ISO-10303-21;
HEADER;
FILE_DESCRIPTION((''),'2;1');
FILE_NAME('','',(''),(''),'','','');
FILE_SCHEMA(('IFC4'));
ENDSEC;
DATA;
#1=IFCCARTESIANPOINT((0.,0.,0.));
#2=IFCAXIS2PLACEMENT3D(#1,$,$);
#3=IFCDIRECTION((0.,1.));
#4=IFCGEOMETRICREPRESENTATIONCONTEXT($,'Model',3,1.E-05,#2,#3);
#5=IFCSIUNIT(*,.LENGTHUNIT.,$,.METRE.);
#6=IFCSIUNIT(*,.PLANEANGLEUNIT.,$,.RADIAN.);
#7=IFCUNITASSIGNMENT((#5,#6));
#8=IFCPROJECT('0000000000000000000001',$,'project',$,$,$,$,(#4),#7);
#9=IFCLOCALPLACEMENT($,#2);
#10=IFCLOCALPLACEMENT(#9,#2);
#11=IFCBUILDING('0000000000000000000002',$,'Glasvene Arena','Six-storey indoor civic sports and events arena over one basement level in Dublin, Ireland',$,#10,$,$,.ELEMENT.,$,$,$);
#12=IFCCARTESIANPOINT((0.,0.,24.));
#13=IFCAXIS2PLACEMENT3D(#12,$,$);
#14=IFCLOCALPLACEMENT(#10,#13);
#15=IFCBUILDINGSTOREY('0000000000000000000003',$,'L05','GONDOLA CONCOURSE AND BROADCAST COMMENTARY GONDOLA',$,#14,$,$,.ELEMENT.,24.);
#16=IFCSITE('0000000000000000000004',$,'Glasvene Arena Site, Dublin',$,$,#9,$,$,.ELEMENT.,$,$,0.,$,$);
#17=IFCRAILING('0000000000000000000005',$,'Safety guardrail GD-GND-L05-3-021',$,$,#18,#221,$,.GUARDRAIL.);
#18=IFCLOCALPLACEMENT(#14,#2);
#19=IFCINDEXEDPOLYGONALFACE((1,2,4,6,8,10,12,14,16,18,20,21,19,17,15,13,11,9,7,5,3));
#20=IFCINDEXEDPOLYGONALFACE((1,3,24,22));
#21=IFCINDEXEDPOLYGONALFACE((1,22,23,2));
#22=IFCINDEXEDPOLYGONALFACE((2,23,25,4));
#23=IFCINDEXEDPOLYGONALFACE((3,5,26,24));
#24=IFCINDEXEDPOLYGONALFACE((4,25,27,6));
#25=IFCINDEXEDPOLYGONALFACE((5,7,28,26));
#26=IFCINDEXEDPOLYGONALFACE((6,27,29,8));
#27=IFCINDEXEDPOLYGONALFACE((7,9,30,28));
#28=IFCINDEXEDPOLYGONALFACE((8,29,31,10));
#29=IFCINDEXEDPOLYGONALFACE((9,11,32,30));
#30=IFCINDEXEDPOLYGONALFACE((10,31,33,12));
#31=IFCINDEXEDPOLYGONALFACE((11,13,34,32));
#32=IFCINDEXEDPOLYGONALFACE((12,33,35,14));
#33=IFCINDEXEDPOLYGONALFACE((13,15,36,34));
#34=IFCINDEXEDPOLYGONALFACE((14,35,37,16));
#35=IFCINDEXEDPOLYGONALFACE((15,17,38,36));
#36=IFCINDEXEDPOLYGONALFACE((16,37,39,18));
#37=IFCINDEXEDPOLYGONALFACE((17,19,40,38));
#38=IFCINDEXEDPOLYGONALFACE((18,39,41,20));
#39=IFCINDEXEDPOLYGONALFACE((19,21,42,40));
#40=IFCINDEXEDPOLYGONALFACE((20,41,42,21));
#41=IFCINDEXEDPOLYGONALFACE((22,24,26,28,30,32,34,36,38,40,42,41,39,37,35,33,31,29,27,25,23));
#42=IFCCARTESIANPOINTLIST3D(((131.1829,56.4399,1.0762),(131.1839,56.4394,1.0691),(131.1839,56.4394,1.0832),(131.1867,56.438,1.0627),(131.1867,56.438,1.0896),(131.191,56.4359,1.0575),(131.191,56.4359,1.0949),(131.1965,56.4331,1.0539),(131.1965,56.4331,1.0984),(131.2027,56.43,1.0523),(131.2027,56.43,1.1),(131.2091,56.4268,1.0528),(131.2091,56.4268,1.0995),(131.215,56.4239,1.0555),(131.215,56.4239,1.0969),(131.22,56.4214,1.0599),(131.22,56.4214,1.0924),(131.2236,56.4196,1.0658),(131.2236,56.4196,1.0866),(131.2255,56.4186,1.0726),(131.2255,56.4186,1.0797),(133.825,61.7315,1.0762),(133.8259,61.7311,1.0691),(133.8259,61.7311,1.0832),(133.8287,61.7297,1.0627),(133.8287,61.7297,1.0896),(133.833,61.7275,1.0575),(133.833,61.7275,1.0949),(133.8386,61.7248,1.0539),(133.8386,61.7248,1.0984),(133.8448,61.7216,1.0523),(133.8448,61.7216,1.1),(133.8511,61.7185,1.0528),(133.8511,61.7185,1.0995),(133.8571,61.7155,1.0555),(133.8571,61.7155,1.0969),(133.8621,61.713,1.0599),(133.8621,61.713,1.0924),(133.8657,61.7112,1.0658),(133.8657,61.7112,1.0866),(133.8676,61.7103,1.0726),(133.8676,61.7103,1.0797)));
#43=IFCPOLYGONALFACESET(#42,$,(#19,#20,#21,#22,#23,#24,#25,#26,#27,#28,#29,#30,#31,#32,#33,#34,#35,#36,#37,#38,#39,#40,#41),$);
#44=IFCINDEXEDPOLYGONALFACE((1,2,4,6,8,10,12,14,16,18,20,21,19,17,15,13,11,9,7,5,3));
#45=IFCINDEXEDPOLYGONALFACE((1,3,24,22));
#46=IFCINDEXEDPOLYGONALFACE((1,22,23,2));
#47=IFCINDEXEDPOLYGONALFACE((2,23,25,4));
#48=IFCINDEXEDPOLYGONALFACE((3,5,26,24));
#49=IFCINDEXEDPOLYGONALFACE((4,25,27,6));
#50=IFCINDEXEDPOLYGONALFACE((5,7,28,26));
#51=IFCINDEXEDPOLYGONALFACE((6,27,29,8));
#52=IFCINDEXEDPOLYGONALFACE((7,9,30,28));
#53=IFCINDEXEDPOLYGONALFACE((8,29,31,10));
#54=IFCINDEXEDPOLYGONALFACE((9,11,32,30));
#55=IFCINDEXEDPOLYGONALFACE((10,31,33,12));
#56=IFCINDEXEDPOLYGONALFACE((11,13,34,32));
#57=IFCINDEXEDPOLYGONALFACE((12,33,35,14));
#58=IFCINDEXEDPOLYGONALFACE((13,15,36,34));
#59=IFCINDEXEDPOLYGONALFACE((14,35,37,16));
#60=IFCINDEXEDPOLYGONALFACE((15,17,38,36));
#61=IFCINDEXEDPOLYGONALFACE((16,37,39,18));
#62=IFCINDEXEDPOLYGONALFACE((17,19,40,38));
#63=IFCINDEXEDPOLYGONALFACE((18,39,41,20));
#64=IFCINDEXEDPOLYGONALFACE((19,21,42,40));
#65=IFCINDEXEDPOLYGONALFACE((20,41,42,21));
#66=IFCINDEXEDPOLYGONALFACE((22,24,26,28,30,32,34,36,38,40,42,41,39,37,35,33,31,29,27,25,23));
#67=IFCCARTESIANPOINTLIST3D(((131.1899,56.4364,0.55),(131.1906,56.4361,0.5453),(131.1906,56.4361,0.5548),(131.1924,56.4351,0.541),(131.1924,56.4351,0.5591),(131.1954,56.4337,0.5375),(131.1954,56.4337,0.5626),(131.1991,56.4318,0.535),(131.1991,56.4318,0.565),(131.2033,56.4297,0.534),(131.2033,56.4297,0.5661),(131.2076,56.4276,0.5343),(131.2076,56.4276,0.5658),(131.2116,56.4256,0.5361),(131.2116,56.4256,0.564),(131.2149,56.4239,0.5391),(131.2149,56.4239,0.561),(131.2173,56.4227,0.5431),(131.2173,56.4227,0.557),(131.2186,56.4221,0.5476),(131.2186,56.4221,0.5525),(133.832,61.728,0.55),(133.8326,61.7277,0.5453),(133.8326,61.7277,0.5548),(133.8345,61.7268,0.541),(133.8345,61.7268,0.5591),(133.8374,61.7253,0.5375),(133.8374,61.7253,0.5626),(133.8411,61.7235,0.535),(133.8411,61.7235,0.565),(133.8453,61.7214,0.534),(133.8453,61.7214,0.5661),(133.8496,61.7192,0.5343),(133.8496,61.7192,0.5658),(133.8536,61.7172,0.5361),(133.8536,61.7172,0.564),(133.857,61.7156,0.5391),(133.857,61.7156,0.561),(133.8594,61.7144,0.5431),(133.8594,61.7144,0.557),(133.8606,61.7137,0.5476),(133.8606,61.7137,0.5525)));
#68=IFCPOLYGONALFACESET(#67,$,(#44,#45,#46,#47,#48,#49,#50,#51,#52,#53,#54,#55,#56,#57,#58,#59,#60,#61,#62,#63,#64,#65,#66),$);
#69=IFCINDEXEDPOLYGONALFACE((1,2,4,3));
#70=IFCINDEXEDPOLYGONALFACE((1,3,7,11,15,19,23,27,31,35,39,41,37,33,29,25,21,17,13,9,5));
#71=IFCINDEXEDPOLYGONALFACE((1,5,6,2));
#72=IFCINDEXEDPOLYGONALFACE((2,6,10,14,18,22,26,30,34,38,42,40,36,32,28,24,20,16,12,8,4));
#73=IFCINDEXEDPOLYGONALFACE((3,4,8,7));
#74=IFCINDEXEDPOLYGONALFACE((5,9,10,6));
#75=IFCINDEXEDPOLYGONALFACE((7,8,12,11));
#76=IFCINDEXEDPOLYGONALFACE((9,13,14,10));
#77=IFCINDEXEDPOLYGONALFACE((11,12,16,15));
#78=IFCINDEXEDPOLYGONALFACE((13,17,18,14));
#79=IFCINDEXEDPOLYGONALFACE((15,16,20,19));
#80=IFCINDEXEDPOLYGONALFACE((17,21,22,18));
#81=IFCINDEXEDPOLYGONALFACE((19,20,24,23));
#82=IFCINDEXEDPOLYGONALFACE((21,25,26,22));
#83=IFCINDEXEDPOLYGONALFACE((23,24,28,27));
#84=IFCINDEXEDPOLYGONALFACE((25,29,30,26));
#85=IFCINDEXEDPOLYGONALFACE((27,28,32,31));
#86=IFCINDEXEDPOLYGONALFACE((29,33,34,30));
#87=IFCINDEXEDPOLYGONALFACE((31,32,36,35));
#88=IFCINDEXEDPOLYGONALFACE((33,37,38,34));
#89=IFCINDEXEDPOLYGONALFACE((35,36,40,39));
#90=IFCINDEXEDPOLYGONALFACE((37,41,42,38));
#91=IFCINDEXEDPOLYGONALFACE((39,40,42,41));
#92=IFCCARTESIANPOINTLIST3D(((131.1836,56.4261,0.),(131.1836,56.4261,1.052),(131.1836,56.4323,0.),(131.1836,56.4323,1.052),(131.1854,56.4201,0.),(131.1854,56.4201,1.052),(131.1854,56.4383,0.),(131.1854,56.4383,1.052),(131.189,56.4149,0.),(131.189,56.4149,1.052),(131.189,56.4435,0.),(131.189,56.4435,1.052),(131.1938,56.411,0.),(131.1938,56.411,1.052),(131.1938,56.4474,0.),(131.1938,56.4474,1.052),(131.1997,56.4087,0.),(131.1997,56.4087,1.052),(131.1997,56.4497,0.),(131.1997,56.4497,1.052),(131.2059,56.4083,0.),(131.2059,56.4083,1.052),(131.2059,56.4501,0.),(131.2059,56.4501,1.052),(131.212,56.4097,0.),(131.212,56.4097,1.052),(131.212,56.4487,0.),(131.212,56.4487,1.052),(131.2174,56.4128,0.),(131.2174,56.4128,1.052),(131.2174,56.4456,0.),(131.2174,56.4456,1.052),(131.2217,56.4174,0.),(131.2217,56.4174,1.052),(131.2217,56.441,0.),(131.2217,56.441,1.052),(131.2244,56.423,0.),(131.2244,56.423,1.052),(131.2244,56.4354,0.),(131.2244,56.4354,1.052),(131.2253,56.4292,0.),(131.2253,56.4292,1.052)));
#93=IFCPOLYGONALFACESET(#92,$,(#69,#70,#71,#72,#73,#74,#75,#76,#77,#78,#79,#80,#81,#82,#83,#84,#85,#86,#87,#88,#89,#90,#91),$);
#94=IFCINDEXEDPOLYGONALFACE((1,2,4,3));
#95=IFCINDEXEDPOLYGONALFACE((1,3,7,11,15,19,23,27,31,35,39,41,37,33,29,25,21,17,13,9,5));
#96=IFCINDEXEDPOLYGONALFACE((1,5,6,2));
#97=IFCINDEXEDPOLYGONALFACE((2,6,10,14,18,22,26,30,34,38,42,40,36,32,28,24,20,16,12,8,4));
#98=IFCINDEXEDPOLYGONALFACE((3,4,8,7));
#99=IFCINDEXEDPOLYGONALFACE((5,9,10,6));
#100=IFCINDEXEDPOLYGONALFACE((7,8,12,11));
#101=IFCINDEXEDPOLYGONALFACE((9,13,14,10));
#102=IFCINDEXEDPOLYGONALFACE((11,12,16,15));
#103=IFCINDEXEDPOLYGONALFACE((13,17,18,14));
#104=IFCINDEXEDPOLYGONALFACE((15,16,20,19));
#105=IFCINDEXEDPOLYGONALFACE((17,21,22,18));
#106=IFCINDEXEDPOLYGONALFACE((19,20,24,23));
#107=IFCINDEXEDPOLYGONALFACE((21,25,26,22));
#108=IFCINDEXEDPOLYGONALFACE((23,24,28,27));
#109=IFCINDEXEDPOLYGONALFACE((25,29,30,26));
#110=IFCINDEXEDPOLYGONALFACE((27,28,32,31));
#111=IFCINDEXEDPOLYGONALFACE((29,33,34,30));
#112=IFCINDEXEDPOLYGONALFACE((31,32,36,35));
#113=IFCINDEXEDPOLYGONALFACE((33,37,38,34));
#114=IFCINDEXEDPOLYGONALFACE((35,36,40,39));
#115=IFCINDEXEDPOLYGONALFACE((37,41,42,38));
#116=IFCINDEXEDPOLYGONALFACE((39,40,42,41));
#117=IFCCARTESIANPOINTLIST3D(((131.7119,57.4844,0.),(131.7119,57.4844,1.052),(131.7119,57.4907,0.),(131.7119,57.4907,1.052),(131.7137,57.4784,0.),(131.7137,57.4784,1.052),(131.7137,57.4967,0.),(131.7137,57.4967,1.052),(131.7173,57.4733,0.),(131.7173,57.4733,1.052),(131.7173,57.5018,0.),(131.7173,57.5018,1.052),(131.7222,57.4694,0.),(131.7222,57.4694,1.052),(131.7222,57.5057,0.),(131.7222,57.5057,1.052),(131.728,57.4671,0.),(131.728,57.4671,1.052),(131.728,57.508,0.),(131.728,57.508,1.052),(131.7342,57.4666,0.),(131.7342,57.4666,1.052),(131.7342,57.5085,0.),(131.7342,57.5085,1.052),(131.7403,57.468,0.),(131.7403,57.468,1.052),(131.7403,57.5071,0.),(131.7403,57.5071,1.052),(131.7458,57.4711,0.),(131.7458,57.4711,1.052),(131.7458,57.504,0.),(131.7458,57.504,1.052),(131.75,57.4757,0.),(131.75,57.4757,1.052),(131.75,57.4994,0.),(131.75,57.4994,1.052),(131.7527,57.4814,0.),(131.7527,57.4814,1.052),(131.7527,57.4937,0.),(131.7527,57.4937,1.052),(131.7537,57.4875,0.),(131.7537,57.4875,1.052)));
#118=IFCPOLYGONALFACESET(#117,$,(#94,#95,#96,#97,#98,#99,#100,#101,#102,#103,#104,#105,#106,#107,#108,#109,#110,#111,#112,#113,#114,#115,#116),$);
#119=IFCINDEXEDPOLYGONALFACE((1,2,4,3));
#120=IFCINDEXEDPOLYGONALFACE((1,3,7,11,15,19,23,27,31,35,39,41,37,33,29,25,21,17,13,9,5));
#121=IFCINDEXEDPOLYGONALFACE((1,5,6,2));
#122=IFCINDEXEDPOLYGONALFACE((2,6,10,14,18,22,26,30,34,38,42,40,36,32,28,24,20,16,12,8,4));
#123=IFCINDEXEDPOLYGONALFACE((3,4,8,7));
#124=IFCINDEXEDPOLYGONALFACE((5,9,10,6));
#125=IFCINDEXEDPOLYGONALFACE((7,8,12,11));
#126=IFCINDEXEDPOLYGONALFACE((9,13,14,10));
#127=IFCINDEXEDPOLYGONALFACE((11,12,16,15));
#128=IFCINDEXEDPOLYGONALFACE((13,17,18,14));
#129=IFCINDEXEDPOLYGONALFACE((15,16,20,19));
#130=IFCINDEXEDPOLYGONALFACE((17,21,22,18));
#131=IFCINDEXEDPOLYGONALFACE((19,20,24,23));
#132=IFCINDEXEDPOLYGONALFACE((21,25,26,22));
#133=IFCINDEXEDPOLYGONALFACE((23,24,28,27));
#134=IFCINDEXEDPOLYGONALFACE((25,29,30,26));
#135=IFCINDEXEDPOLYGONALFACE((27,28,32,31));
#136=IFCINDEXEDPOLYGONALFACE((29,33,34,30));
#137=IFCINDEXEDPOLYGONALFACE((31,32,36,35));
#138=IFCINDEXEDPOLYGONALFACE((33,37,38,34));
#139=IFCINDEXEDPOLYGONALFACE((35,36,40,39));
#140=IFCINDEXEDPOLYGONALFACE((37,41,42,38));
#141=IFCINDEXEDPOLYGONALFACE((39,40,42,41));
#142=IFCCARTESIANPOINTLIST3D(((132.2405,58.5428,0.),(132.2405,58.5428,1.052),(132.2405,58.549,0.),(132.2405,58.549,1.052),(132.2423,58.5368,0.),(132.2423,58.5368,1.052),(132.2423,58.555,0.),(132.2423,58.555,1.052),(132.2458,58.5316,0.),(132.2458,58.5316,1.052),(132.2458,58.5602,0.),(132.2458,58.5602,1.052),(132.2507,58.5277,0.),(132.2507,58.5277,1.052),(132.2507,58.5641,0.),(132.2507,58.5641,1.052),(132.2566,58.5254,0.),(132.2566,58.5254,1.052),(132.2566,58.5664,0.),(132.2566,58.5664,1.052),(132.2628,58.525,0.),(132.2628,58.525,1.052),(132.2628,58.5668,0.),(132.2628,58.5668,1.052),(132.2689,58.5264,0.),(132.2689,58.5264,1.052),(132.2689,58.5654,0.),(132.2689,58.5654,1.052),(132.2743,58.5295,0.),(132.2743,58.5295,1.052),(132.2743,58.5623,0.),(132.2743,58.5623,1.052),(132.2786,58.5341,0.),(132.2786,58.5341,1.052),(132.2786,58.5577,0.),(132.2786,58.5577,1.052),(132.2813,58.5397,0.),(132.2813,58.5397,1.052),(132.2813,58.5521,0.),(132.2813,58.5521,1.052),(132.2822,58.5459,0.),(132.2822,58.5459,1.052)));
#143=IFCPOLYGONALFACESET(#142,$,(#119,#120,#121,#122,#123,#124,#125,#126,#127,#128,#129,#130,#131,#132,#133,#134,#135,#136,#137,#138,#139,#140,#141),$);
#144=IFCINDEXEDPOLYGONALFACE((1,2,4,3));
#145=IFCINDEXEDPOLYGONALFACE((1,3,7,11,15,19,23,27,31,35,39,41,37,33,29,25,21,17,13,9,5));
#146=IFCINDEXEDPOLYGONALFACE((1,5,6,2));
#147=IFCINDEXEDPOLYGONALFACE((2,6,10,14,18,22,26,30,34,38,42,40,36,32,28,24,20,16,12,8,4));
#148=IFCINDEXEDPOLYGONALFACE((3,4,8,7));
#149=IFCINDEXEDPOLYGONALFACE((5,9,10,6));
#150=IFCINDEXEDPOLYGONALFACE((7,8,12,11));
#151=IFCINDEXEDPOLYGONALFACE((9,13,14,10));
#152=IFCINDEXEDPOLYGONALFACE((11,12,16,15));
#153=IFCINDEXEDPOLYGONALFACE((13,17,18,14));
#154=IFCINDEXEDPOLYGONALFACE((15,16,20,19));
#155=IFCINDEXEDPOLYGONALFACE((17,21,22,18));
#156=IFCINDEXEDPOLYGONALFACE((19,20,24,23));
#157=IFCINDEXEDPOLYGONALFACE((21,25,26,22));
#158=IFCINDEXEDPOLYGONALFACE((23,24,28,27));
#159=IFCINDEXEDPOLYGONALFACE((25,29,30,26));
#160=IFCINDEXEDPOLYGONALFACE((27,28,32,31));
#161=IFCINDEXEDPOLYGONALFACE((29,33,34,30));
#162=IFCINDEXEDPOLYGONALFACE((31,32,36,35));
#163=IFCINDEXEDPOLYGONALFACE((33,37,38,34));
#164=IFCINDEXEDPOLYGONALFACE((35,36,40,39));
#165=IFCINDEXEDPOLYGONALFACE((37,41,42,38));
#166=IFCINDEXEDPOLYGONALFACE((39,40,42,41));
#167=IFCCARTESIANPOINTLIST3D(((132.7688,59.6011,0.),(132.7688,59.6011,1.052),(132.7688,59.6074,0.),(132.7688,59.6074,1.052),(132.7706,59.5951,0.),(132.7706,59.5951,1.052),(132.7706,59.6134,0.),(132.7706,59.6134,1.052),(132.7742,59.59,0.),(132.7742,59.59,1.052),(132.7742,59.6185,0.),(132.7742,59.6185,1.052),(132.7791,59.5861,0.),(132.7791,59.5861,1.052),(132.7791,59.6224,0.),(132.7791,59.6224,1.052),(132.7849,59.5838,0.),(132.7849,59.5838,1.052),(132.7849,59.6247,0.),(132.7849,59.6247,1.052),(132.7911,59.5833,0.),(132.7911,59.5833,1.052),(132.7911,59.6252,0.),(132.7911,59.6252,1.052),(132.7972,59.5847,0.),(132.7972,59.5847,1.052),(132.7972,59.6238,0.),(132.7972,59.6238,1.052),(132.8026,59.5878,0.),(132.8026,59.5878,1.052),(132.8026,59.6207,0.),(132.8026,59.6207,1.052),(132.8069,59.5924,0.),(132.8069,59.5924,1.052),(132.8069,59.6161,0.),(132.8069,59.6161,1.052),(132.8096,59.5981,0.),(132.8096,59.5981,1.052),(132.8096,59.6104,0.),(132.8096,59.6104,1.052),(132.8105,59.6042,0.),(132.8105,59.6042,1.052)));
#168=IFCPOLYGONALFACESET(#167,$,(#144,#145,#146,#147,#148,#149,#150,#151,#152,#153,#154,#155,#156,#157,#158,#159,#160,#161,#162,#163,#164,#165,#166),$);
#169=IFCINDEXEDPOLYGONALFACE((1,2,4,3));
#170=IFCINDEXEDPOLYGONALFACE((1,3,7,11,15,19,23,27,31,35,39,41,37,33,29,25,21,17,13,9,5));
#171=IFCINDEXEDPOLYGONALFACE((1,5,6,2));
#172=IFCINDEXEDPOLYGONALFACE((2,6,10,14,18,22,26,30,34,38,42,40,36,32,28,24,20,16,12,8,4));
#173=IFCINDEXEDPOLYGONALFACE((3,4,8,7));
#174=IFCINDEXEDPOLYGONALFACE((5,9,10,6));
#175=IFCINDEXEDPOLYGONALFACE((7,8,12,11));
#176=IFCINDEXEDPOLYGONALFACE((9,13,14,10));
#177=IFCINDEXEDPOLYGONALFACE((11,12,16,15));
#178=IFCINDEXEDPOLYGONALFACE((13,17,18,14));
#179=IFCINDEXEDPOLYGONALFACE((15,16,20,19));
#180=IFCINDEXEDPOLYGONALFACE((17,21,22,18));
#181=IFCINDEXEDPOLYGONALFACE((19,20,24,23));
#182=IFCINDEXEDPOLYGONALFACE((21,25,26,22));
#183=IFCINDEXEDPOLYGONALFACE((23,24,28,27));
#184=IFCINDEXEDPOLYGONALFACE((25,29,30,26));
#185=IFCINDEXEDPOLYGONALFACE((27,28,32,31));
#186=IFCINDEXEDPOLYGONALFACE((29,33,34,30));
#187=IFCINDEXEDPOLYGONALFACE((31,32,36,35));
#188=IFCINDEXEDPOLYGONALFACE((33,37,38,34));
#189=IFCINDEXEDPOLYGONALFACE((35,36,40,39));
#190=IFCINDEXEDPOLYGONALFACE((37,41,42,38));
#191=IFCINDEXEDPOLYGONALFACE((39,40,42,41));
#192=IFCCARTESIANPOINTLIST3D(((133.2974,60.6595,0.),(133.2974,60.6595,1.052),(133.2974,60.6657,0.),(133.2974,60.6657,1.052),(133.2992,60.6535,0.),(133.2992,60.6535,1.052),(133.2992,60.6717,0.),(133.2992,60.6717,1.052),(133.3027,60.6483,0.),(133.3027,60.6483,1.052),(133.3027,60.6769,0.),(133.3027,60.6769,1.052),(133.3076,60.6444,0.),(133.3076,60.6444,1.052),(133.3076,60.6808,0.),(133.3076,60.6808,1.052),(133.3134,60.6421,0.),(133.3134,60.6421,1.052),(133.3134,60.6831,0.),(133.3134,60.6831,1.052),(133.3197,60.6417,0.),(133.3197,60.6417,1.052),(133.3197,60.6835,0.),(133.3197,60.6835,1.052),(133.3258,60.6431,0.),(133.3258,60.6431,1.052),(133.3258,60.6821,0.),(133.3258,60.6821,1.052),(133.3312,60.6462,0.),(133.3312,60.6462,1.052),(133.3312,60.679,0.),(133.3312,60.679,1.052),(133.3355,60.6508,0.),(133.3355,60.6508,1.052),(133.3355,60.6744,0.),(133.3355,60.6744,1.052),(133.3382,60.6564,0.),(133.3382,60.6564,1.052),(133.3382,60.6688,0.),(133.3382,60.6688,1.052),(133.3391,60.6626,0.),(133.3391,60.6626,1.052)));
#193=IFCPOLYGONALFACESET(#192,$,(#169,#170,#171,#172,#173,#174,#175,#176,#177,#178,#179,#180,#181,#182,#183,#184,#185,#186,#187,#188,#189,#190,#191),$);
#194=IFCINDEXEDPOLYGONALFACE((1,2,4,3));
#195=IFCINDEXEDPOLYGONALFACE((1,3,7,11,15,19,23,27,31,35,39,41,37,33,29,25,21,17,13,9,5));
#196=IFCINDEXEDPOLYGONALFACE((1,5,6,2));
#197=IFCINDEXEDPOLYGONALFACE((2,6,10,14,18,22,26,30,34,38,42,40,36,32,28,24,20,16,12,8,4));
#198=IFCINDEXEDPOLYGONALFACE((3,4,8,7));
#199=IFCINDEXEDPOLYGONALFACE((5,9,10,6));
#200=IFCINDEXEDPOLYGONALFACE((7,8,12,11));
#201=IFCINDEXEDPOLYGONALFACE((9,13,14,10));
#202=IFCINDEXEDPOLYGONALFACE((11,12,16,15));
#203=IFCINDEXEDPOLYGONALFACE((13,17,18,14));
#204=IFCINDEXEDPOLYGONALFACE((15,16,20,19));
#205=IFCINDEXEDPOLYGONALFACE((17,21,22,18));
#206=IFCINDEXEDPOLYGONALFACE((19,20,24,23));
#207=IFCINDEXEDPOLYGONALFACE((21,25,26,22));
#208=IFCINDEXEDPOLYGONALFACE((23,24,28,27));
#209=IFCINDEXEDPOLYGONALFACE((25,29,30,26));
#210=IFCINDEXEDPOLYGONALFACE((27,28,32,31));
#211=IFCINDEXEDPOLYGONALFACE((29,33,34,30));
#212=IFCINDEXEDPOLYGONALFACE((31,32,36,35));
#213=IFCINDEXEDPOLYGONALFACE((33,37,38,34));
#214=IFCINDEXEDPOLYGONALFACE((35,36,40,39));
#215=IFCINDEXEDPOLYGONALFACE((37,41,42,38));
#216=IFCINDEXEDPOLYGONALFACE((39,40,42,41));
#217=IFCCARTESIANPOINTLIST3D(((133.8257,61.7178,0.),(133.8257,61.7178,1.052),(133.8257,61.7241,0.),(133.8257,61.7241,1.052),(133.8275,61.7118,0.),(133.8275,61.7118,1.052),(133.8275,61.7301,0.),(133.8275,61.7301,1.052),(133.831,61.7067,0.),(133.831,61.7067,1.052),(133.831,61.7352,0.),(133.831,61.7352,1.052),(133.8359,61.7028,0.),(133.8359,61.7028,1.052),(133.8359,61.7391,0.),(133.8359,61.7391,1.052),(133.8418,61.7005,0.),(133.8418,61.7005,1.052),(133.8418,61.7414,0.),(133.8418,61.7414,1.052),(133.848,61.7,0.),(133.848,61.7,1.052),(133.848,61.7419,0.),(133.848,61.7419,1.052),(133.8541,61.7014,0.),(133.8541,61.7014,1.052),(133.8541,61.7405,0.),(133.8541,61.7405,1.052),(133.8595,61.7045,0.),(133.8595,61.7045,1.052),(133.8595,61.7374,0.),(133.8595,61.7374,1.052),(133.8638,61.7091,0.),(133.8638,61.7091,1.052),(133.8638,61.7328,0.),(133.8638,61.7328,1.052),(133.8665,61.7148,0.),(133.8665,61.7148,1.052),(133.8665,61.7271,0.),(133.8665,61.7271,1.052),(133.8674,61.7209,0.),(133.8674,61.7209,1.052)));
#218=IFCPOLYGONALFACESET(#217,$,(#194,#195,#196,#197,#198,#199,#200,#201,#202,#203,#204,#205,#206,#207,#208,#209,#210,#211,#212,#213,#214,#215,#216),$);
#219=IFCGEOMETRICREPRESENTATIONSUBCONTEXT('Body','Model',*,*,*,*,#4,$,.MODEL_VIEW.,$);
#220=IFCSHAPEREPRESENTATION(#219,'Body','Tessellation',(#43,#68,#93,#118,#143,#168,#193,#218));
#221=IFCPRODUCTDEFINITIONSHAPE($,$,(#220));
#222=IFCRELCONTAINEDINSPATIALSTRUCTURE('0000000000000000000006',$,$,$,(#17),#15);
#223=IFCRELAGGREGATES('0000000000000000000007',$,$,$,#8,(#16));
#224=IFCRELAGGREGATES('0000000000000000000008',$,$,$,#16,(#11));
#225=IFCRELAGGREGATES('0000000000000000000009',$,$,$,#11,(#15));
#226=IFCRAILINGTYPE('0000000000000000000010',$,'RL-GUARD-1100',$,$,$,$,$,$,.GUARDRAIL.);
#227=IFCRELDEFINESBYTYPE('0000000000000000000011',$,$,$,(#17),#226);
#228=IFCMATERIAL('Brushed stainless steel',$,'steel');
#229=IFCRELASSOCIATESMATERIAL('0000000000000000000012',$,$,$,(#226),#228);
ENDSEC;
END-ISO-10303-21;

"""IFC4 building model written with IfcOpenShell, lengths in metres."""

from ifc_helpers import new_model, si_unit, direction, frame, origin, origin_2d, place, context, subcontext, project, spatial, circle, extrude, material, type_object, element, save


model = new_model("IFC4")

# Units and contexts
model_context = context("Model", 3, precision=1e-05, world=origin(), true_north=direction((0.0, 1.0)))
body_context = subcontext(model_context, "Body", "Model", "MODEL_VIEW")
ifc_project = project(units=[si_unit("LENGTHUNIT", "METRE"), si_unit("PLANEANGLEUNIT", "RADIAN")], contexts=[model_context])

# Site, building, storey
site_placement = place(None, origin())
site = spatial("IfcSite", under=ifc_project, at=site_placement, Name="Glasvene Arena Site, Dublin", CompositionType="ELEMENT", RefElevation=0.0)
building_placement = place(site_placement, origin())
building = spatial("IfcBuilding", under=site, at=building_placement, Name="Glasvene Arena", Description="Six-storey indoor civic sports and events arena over one basement level in Dublin, Ireland", CompositionType="ELEMENT")
storey_placement = place(building_placement, frame((0.0, 0.0, 24.0)))
storey = spatial("IfcBuildingStorey", under=building, at=storey_placement, Name="L05", Description="GONDOLA CONCOURSE AND BROADCAST COMMENTARY GONDOLA", CompositionType="ELEMENT", Elevation=24.0)

# Railing
ifc_material_1 = material(Name="Brushed stainless steel", Category="steel")
railing_type_1 = type_object("IfcRailingType", Name="RL-GUARD-1100", PredefinedType="GUARDRAIL", material=ifc_material_1)
railing_1_placement = place(storey_placement, frame((131.2043, 56.4292, 0.0)))
element("IfcRailing", 1, at=railing_1_placement, inside=storey, type_object=railing_type_1, Name="Safety guardrail GD-GND-L05-3-021", PredefinedType="GUARDRAIL", context=body_context, shape_type="SweptSolid", body=[
    extrude(circle(Radius=0.0239, at=origin_2d()), frame((0.0, 0.0, 1.0762), z_axis=(0.446702, 0.894683, 0.0), x_axis=(-0.894683, 0.446702, 0.0)), (0.0, 0.0, 1.0), 5.9146),
    extrude(circle(Radius=0.0161, at=origin_2d()), frame((0.0, 0.0, 0.55), z_axis=(0.446702, 0.894683, 0.0), x_axis=(-0.894683, 0.446702, 0.0)), (0.0, 0.0, 1.0), 5.9146),
    extrude(circle(Radius=0.021, at=origin_2d()), origin(), (0.0, 0.0, 1.0), 1.052),
    extrude(circle(Radius=0.021, at=origin_2d()), frame((0.5283, 1.0583, 0.0)), (0.0, 0.0, 1.0), 1.052),
    extrude(circle(Radius=0.021, at=origin_2d()), frame((1.0569, 2.1167, 0.0)), (0.0, 0.0, 1.0), 1.052),
    extrude(circle(Radius=0.021, at=origin_2d()), frame((1.5852, 3.175, 0.0)), (0.0, 0.0, 1.0), 1.052),
    extrude(circle(Radius=0.021, at=origin_2d()), frame((2.1138, 4.2334, 0.0)), (0.0, 0.0, 1.0), 1.052),
    extrude(circle(Radius=0.021, at=origin_2d()), frame((2.6421, 5.2917, 0.0)), (0.0, 0.0, 1.0), 1.052),
])

save(model, "model.ifc")
